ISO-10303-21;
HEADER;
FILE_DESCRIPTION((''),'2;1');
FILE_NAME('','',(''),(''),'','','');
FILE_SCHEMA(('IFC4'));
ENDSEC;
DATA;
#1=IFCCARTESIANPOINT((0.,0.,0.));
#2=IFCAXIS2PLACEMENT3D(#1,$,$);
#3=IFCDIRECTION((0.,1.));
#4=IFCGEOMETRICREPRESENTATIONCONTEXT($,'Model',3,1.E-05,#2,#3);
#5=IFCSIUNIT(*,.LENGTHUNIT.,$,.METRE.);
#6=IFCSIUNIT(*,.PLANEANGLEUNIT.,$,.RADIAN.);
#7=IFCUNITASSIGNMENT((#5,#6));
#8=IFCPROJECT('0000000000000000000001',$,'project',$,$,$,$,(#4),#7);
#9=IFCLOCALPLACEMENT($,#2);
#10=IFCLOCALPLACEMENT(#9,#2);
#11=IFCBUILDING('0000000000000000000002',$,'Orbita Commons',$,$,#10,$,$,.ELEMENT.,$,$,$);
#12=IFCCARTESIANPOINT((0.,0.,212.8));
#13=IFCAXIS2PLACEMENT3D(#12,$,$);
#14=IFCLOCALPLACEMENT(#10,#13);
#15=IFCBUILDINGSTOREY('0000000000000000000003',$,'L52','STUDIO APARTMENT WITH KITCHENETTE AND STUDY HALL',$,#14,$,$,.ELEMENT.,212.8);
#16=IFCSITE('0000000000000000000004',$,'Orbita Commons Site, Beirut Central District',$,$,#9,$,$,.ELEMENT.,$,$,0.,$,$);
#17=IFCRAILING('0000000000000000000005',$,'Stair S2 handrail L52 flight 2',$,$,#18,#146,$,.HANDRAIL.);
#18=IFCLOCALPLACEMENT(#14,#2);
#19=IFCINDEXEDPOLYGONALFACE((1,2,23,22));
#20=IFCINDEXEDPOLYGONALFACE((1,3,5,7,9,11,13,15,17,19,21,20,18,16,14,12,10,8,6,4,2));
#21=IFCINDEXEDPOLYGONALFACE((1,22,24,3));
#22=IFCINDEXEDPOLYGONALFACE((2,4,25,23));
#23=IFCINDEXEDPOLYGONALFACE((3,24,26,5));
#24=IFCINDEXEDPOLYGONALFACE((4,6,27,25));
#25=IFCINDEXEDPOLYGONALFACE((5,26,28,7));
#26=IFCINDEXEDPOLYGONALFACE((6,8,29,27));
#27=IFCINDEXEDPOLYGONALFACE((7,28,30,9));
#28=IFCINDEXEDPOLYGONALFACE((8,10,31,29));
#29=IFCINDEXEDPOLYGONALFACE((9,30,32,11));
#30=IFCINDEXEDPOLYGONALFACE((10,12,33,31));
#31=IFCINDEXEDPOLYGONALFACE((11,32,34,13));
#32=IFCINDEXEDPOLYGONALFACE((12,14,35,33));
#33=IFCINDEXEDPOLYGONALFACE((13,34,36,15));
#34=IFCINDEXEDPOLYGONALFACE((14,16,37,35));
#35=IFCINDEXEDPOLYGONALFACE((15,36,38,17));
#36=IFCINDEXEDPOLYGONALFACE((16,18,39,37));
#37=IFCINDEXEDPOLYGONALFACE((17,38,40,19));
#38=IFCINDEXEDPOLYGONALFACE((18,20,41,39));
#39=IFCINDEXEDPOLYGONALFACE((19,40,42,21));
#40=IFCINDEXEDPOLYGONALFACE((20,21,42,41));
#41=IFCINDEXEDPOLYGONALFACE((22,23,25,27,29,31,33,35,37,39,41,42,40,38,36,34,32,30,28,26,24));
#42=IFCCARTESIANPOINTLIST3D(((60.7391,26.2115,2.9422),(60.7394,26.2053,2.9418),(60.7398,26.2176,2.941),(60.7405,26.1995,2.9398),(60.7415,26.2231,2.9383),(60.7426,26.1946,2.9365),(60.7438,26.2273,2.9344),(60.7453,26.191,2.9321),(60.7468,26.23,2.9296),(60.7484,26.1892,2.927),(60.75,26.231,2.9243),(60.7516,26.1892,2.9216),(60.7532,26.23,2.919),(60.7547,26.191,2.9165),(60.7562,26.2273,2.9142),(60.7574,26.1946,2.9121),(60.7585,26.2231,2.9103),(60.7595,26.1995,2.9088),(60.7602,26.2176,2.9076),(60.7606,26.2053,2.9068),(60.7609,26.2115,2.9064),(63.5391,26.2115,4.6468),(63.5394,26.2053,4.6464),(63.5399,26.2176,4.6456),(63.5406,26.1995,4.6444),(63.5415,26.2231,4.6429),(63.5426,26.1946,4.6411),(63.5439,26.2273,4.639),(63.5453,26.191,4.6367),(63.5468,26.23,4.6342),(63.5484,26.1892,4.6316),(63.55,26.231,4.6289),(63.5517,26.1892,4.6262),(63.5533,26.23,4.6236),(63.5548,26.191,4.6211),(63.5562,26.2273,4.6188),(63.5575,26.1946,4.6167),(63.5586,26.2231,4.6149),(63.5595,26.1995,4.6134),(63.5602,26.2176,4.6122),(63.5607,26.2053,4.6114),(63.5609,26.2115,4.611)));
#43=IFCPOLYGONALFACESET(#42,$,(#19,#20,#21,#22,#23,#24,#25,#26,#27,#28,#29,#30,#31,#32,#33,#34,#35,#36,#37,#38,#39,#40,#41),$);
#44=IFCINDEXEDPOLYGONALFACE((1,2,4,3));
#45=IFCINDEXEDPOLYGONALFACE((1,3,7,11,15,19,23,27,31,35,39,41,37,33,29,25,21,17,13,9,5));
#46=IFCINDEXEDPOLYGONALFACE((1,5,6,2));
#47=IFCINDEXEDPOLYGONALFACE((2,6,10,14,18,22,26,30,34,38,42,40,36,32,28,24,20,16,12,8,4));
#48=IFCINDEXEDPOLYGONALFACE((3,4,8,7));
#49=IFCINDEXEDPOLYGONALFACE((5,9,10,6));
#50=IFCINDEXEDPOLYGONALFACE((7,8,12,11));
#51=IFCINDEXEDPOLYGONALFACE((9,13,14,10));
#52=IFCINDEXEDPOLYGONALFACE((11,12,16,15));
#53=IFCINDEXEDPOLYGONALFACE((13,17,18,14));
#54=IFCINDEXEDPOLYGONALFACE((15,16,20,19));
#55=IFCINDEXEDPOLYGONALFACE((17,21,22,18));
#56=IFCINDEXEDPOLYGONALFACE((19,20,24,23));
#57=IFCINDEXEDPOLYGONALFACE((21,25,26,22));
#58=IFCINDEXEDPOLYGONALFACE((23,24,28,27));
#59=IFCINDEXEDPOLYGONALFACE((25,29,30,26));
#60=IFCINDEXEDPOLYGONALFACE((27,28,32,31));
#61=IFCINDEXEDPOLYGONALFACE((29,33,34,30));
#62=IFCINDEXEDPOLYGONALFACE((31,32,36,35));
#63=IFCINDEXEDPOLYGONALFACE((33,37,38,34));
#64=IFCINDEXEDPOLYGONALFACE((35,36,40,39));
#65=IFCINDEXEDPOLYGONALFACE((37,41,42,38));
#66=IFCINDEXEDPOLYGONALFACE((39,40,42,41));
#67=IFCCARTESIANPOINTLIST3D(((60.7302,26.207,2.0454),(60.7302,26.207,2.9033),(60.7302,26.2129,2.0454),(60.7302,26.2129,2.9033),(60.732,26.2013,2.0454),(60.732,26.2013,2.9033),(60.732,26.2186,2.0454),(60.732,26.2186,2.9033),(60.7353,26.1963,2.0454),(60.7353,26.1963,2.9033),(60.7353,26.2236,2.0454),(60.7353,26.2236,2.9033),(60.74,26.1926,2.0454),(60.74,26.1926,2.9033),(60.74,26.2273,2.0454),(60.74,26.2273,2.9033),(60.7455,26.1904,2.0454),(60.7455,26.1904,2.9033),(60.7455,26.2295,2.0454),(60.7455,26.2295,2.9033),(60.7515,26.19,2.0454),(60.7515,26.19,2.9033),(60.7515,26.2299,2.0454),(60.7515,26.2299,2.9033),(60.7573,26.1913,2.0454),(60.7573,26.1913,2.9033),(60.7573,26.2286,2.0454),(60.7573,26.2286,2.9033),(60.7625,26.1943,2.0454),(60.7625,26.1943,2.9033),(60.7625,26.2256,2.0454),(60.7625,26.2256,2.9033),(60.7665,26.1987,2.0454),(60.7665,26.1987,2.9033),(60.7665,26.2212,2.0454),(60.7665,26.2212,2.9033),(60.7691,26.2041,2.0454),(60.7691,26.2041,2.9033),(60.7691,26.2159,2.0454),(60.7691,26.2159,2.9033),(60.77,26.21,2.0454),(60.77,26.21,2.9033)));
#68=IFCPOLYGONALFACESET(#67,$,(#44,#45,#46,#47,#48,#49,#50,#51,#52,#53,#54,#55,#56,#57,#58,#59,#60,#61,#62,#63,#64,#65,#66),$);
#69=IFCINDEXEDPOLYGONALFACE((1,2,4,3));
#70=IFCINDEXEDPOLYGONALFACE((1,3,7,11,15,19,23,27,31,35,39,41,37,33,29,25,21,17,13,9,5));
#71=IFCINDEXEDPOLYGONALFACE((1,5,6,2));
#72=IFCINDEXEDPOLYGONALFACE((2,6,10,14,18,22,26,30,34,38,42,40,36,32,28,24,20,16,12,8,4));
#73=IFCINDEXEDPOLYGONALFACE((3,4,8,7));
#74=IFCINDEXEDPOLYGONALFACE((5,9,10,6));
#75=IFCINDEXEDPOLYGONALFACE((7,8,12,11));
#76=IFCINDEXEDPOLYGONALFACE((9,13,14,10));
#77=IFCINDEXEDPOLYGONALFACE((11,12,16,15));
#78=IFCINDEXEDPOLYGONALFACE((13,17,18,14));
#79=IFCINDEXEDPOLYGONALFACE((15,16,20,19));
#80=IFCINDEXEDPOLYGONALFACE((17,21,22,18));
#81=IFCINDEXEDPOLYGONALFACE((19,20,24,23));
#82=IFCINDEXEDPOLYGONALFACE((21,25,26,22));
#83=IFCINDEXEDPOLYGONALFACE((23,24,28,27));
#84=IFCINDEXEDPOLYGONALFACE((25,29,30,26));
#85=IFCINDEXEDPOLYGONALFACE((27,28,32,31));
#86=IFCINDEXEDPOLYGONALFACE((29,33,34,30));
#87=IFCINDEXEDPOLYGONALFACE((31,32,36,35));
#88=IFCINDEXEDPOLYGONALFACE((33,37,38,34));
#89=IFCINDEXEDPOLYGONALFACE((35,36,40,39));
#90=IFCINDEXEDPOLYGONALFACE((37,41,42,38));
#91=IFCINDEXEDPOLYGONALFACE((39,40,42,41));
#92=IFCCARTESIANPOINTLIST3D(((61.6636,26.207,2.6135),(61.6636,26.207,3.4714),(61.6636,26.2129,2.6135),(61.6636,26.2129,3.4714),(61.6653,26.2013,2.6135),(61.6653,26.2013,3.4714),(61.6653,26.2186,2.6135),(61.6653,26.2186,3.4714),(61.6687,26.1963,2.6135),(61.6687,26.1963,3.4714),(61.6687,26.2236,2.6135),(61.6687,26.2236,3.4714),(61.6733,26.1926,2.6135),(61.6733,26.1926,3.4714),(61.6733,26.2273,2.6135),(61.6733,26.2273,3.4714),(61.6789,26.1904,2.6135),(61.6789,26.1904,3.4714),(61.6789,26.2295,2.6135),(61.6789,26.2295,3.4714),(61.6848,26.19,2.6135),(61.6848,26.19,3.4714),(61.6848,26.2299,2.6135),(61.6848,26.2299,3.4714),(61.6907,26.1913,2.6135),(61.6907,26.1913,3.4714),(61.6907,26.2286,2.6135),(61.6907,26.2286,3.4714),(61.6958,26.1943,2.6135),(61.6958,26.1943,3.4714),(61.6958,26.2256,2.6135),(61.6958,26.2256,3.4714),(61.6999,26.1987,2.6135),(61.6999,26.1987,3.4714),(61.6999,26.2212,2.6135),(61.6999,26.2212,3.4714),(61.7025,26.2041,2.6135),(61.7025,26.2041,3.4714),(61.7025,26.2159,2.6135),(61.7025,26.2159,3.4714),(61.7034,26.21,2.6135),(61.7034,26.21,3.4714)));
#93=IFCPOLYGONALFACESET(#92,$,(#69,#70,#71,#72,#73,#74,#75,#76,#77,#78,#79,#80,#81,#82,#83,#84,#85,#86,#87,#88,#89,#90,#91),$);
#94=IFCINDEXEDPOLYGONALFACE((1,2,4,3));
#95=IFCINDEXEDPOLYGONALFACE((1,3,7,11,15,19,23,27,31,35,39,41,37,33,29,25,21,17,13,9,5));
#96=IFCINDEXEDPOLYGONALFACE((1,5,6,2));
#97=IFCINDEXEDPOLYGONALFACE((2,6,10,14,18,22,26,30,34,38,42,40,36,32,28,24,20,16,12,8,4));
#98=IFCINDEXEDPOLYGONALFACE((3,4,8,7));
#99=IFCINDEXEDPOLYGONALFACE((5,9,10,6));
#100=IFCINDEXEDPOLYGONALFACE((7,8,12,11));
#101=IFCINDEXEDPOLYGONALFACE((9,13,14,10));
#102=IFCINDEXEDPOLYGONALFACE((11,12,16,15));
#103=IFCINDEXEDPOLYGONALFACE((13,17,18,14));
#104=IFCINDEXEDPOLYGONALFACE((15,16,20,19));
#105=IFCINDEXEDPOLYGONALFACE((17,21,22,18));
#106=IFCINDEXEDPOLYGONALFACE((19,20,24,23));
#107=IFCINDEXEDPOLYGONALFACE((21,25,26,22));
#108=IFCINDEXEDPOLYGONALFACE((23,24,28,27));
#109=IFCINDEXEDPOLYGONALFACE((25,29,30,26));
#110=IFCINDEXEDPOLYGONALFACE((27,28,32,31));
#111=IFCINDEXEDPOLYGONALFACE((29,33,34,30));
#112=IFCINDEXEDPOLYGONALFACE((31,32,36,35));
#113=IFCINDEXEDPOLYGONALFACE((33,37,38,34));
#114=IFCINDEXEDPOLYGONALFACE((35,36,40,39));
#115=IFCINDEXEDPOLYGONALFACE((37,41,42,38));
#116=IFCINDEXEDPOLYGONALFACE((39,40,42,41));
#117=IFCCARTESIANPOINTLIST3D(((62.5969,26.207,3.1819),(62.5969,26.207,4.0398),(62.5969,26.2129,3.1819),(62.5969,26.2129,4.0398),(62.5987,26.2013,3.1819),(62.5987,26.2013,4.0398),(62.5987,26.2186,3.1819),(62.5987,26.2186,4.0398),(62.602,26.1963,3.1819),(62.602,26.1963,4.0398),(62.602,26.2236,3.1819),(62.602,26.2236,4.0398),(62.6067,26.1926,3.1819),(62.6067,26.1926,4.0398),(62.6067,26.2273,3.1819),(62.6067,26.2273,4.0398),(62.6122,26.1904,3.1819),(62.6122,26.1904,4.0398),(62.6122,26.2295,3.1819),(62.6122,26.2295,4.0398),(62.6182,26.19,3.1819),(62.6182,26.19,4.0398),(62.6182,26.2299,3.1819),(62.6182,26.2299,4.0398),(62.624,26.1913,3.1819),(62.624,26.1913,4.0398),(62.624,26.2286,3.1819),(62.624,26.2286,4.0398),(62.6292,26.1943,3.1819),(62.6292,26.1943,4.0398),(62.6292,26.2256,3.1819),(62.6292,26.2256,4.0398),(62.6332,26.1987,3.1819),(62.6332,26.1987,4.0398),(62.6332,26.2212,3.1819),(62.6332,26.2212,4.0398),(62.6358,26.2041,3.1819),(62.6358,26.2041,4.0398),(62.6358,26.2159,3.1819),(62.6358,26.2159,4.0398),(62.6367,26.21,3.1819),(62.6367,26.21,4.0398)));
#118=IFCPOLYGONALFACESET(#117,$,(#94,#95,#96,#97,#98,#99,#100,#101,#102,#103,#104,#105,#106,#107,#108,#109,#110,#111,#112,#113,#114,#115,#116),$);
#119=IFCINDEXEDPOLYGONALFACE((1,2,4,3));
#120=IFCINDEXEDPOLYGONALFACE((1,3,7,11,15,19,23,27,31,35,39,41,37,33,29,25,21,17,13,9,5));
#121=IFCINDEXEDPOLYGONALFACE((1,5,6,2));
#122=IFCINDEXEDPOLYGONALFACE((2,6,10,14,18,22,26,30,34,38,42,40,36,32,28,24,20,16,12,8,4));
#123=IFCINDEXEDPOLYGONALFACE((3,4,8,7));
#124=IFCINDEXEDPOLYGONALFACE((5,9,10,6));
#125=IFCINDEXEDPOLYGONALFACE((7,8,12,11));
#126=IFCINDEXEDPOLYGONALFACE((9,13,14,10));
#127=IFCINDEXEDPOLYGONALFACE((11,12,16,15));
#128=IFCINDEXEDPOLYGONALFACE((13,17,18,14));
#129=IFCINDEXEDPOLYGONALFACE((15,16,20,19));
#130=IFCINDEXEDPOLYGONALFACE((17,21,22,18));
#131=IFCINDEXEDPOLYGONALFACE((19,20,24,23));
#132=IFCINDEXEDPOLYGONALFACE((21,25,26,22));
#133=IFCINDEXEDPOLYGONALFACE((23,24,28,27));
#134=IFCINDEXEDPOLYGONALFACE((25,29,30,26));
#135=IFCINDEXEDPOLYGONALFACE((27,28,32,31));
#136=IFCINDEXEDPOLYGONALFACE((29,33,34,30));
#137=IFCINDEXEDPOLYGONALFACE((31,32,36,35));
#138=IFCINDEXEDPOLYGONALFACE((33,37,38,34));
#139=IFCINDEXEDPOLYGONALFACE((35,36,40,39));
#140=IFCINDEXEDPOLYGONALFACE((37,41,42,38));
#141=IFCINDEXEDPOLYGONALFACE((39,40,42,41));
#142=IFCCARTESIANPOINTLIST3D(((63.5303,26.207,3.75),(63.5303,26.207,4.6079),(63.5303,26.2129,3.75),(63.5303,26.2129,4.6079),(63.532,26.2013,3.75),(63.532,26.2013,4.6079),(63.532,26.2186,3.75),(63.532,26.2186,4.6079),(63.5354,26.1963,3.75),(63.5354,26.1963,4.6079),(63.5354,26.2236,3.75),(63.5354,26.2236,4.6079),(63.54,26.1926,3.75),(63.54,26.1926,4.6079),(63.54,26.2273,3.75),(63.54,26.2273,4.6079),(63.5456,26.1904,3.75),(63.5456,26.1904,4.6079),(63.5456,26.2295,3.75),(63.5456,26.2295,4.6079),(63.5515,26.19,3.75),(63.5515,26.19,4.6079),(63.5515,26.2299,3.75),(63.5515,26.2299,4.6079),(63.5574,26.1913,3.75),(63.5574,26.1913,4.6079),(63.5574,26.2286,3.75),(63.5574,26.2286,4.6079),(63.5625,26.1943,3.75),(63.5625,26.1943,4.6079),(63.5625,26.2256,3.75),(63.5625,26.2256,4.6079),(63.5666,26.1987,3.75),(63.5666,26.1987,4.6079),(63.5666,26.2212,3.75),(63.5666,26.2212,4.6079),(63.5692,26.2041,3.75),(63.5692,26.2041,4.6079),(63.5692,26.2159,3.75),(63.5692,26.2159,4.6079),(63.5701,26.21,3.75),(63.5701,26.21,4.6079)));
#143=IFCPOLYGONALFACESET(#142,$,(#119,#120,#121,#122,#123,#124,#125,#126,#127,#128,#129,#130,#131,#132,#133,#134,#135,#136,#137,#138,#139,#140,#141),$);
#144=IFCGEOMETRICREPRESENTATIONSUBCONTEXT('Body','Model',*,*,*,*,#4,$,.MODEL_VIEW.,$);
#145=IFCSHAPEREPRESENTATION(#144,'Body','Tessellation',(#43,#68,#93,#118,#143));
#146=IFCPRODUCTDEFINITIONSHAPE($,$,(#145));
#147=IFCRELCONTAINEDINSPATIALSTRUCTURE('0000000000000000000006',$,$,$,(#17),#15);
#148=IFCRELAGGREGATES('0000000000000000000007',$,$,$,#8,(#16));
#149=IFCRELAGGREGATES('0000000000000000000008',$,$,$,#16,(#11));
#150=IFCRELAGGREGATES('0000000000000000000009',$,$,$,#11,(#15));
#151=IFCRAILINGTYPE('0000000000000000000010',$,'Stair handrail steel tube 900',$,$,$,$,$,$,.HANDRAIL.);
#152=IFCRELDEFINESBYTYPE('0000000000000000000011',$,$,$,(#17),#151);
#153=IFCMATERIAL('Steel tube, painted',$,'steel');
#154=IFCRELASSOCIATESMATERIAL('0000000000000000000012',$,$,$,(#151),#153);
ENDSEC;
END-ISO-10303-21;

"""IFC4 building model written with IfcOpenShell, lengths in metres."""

from ifc_helpers import new_model, si_unit, direction, frame, origin, origin_2d, place, context, subcontext, project, spatial, circle, extrude, material, type_object, element, save


model = new_model("IFC4")

# Units and contexts
model_context = context("Model", 3, precision=1e-05, world=origin(), true_north=direction((0.0, 1.0)))
body_context = subcontext(model_context, "Body", "Model", "MODEL_VIEW")
ifc_project = project(units=[si_unit("LENGTHUNIT", "METRE"), si_unit("PLANEANGLEUNIT", "RADIAN")], contexts=[model_context])

# Site, building, storey
site_placement = place(None, origin())
site = spatial("IfcSite", under=ifc_project, at=site_placement, Name="Orbita Commons Site, Beirut Central District", CompositionType="ELEMENT", RefElevation=0.0)
building_placement = place(site_placement, origin())
building = spatial("IfcBuilding", under=site, at=building_placement, Name="Orbita Commons", CompositionType="ELEMENT")
storey_placement = place(building_placement, frame((0.0, 0.0, 212.8)))
storey = spatial("IfcBuildingStorey", under=building, at=storey_placement, Name="L52", Description="STUDIO APARTMENT WITH KITCHENETTE AND STUDY HALL", CompositionType="ELEMENT", Elevation=212.8)

# Railing
ifc_material_1 = material(Name="Steel tube, painted", Category="steel")
railing_type = type_object("IfcRailingType", Name="Stair handrail steel tube 900", PredefinedType="HANDRAIL", material=ifc_material_1)
for number, where, name in (
    (1, (60.75, 26.21, 2.0454), "Stair S2 handrail L52 flight 2"),
):
    element("IfcRailing", number, at=place(storey_placement, frame(where)), inside=storey, type_object=railing_type, Name=name, PredefinedType="HANDRAIL", context=body_context, shape_type="SweptSolid", body=[
        extrude(circle(Radius=0.021, at=origin_2d()), frame((0.0, 0.0, 0.8789), z_axis=(0.85417, 0.0, 0.519994), x_axis=(0.0, 1.0, 0.0)), (0.0, 0.0, 1.0), 3.2781),
        extrude(circle(Radius=0.02, at=origin_2d()), origin(), (0.0, 0.0, 1.0), 0.8579),
        extrude(circle(Radius=0.02, at=origin_2d()), frame((0.9333, 0.0, 0.5681)), (0.0, 0.0, 1.0), 0.8579),
        extrude(circle(Radius=0.02, at=origin_2d()), frame((1.8667, 0.0, 1.1365)), (0.0, 0.0, 1.0), 0.8579),
        extrude(circle(Radius=0.02, at=origin_2d()), frame((2.8, 0.0, 1.7046)), (0.0, 0.0, 1.0), 0.8579),
    ])

save(model, "model.ifc")
